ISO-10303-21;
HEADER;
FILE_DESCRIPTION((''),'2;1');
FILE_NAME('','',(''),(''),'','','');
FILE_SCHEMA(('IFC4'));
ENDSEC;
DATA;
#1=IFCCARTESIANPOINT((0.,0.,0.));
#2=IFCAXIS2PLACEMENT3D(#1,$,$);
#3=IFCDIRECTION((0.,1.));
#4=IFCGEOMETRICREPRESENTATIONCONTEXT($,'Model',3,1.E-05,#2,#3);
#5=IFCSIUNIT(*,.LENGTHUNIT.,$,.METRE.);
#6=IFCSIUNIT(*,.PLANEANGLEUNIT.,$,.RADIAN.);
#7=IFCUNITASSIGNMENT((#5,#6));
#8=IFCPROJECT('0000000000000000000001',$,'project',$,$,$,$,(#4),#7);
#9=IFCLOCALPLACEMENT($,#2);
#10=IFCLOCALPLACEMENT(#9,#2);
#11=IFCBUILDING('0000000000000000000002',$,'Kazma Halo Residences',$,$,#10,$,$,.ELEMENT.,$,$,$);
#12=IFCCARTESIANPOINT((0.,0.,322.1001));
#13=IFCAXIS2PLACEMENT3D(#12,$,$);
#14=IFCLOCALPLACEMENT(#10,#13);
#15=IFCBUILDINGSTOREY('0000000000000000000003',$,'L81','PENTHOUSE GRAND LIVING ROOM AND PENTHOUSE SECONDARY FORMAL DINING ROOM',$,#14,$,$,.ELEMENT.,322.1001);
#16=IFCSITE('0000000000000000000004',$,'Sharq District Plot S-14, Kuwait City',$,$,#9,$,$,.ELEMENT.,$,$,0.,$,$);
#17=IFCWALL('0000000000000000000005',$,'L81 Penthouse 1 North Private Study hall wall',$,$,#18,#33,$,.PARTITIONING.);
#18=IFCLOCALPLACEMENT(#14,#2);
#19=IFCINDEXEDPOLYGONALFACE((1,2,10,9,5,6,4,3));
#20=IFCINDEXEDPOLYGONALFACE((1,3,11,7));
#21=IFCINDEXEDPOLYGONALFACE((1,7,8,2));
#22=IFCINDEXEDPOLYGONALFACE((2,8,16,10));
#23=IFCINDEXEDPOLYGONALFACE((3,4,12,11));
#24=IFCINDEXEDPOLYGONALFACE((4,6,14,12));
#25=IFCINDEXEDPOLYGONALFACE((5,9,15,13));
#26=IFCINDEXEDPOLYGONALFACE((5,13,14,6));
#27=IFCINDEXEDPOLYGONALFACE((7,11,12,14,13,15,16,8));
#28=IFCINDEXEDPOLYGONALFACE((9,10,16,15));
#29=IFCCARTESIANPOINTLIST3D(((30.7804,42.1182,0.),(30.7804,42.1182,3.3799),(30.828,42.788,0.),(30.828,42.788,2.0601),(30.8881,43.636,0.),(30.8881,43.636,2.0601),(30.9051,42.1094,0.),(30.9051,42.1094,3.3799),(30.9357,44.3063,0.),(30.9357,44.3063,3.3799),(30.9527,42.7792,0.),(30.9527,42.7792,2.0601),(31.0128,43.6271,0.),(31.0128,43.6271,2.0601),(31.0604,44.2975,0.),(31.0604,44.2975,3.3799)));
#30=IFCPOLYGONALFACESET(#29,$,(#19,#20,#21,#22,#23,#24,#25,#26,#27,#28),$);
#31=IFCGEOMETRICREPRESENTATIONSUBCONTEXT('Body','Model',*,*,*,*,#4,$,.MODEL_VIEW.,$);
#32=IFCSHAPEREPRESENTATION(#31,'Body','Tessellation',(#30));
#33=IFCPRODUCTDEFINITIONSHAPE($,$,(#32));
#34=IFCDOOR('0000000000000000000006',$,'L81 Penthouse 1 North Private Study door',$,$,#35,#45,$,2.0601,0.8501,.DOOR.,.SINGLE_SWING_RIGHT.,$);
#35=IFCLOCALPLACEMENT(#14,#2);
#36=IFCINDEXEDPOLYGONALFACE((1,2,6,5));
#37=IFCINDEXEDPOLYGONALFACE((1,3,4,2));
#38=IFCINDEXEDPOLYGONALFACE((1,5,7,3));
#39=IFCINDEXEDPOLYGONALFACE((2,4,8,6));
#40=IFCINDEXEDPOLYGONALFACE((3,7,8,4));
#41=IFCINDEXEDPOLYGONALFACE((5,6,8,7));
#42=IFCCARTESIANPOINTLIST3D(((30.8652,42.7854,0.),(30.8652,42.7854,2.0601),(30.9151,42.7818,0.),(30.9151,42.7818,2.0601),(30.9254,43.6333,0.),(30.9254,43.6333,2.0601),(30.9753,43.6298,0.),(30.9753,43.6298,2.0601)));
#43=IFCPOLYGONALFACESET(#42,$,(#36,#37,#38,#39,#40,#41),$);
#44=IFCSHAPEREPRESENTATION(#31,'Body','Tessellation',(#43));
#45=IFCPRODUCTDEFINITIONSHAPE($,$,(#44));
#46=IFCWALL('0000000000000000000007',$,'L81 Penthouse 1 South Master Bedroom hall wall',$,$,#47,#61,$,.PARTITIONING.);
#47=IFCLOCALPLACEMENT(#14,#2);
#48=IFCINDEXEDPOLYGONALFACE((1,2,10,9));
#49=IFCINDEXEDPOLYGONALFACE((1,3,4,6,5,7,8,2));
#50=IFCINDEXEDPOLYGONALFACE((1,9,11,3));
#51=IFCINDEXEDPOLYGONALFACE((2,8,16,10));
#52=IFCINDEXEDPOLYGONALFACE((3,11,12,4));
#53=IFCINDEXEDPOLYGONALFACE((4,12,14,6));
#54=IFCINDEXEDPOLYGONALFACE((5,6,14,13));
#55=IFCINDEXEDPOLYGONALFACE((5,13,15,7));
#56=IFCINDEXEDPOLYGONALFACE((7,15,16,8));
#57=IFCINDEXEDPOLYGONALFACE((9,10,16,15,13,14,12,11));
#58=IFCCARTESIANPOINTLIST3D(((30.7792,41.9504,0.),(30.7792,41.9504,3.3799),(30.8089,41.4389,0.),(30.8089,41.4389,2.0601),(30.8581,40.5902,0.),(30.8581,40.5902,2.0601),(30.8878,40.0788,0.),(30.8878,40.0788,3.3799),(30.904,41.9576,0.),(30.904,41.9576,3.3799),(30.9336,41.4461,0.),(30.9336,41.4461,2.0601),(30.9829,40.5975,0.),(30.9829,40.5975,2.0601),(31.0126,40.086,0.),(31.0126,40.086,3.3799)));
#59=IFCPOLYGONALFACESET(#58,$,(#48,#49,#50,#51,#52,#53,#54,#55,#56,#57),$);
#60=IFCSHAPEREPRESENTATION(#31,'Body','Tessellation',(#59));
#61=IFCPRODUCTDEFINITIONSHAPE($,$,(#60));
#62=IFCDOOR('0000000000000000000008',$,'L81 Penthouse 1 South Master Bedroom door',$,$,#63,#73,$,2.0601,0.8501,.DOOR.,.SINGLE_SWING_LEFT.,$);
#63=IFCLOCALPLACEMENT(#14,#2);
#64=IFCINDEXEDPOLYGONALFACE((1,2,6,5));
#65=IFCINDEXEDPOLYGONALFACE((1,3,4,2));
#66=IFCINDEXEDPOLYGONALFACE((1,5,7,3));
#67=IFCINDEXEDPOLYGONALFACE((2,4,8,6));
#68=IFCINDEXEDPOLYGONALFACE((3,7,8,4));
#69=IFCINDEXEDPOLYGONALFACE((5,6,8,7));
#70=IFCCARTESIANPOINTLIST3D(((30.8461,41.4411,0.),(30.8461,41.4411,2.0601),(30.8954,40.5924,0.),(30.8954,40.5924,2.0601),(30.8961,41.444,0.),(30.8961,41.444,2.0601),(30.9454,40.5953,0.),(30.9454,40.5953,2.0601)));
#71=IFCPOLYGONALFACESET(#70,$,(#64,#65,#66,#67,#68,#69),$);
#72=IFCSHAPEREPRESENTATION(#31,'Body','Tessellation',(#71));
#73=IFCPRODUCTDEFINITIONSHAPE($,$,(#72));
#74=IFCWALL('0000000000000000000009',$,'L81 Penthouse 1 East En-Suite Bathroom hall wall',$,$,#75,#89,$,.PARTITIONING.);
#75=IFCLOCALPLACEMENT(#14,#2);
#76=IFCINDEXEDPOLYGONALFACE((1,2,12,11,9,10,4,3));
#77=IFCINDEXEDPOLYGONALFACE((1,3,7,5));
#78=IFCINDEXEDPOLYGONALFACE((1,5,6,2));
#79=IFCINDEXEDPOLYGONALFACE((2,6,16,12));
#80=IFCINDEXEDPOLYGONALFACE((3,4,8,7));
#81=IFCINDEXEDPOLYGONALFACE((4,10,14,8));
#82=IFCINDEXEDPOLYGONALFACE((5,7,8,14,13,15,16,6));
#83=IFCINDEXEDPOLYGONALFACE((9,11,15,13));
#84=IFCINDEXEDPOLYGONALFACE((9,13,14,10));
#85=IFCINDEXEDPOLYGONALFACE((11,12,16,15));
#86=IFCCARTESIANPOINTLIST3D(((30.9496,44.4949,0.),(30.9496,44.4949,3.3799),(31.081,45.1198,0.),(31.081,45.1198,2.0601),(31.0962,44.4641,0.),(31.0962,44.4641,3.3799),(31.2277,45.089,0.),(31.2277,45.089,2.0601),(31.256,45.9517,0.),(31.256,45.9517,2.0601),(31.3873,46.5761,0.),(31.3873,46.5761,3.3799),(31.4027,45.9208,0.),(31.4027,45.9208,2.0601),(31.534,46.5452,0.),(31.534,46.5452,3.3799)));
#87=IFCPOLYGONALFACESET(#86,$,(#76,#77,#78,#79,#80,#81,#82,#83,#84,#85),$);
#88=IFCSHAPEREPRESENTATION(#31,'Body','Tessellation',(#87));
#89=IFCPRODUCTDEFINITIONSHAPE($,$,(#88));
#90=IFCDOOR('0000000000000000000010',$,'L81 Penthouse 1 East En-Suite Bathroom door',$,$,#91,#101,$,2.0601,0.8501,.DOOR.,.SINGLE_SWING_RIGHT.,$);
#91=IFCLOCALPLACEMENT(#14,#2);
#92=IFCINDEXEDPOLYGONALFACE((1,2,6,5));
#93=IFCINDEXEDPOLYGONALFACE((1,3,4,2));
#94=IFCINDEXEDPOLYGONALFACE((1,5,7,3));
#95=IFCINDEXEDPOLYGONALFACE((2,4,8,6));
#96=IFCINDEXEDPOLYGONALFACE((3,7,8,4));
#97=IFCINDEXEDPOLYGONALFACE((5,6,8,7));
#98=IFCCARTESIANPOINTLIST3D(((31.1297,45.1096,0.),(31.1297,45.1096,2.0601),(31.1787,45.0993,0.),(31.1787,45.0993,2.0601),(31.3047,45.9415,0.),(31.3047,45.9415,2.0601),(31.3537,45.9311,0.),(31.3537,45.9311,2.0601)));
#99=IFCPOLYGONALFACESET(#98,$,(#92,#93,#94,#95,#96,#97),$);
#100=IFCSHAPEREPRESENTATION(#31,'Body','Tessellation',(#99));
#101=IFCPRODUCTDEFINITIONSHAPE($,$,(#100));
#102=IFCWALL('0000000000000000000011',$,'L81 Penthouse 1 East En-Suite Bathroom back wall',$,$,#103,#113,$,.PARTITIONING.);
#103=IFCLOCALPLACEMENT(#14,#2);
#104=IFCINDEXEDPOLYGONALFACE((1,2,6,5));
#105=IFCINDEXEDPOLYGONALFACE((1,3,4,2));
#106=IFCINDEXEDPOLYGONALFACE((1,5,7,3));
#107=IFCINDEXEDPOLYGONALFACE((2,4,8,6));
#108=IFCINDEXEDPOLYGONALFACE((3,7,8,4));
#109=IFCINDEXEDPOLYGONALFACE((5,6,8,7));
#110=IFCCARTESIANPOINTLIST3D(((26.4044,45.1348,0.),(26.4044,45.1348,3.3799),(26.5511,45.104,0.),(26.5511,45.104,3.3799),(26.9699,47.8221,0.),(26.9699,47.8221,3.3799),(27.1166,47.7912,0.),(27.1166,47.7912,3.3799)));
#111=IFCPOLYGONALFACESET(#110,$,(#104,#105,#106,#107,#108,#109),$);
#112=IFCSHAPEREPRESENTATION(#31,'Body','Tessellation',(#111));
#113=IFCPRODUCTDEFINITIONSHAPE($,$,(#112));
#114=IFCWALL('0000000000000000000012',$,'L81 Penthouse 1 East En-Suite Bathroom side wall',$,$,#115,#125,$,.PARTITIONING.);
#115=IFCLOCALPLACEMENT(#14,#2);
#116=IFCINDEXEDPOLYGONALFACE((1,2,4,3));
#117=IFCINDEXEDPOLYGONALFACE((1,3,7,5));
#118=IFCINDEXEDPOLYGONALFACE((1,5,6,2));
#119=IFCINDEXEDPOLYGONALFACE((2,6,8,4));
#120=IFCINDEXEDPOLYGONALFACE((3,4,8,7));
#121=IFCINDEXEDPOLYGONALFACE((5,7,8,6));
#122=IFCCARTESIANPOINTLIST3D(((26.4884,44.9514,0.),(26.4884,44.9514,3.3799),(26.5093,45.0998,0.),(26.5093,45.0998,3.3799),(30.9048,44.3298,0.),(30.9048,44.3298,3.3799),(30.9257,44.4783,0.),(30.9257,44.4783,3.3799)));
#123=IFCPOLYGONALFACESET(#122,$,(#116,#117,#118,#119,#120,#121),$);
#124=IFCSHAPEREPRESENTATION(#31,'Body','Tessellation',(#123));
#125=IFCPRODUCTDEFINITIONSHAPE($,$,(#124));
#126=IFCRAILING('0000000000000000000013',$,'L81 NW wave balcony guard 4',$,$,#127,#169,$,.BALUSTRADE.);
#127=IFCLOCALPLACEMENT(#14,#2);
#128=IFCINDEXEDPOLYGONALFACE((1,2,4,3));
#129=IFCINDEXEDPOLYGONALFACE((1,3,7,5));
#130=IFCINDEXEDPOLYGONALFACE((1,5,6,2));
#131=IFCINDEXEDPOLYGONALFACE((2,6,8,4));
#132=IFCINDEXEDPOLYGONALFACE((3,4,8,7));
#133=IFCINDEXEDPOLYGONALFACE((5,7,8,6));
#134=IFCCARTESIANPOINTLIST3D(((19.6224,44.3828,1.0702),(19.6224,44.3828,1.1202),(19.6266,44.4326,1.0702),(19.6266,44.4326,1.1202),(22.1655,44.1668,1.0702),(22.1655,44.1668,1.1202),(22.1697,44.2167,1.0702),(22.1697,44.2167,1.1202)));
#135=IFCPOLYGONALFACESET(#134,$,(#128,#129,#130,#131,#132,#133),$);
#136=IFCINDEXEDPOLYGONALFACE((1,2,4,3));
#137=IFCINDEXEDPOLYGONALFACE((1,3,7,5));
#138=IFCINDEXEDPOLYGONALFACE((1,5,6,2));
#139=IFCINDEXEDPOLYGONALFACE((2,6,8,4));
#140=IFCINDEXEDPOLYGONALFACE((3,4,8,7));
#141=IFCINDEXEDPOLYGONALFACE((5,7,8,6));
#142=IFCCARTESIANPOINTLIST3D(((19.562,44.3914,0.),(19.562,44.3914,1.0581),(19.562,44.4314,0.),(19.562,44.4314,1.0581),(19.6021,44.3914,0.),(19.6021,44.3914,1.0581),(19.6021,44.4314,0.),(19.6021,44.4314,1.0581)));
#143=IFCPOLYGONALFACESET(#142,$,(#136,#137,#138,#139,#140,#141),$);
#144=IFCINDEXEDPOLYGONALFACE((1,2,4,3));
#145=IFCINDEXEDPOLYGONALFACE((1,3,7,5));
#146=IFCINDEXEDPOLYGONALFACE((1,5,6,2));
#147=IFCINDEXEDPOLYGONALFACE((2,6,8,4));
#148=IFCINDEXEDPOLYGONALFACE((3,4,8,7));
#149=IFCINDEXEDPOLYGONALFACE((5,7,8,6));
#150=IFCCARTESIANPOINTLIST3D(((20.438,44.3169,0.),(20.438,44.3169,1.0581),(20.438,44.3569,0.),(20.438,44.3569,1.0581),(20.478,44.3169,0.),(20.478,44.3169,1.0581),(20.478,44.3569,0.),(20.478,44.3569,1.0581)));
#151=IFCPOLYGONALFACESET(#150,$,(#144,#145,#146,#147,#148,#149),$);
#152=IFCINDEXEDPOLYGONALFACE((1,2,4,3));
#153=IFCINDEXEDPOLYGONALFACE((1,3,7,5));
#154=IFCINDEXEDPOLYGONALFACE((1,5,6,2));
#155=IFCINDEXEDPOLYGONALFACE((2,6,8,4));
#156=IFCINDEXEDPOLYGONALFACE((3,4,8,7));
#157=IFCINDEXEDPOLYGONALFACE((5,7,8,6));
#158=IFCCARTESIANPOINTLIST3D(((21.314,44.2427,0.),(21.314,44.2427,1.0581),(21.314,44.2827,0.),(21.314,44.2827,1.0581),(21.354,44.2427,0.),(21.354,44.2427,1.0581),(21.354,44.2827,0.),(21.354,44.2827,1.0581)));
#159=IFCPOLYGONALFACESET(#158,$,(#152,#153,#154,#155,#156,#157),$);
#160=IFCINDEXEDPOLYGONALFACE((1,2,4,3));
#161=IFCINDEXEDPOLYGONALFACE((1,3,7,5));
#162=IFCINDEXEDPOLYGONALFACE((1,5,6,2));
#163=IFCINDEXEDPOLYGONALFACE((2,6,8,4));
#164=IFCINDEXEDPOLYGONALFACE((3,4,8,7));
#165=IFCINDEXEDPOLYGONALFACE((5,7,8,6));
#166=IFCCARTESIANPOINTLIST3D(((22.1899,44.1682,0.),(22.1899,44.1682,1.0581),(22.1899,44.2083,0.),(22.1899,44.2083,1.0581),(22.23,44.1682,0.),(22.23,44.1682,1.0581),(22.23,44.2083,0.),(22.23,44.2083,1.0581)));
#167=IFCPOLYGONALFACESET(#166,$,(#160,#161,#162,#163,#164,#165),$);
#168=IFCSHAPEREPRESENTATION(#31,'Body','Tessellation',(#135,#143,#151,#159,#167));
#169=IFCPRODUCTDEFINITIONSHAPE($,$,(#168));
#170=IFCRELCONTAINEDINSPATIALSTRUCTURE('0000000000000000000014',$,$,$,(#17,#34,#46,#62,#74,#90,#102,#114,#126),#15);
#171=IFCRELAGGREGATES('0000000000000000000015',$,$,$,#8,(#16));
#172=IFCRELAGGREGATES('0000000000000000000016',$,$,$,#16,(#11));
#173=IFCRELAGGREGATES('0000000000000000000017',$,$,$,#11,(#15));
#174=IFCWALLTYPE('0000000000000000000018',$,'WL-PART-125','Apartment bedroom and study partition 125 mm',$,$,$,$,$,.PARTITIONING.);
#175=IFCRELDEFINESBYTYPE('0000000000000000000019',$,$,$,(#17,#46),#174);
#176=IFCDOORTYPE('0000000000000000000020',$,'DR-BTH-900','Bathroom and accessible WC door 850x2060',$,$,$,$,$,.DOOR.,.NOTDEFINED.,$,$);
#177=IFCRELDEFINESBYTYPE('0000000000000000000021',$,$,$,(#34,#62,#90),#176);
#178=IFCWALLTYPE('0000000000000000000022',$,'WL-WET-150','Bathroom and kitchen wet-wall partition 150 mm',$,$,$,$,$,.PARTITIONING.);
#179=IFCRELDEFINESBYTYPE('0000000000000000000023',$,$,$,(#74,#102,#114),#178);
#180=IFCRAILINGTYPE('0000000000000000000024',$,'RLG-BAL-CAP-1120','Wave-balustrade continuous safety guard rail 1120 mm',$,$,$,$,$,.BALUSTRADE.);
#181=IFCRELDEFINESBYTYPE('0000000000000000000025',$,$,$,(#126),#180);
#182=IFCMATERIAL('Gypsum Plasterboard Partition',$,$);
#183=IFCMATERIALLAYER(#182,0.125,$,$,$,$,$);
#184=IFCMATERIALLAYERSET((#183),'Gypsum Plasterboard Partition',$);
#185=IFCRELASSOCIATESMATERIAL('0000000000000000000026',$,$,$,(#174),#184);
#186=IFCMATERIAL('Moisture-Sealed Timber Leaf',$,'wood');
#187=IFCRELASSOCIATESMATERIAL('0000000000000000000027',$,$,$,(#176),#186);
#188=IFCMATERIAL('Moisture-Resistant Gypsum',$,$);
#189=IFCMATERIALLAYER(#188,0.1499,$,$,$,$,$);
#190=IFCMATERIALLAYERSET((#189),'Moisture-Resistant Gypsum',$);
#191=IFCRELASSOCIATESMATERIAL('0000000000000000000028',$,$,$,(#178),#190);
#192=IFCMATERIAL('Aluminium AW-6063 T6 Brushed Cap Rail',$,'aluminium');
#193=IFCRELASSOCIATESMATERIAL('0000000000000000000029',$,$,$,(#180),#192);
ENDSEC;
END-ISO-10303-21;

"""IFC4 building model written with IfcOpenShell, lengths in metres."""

from ifc_helpers import new_model, si_unit, direction, frame, frame_2d, origin, origin_2d, place, context, subcontext, project, spatial, rectangle, extrude, material, layer, layer_set, type_object, element, fill, save


model = new_model("IFC4")

# Units and contexts
model_context = context("Model", 3, precision=1e-05, world=origin(), true_north=direction((0.0, 1.0)))
body_context = subcontext(model_context, "Body", "Model", "MODEL_VIEW")
ifc_project = project(units=[si_unit("LENGTHUNIT", "METRE"), si_unit("PLANEANGLEUNIT", "RADIAN")], contexts=[model_context])

# Site, building, storey
site_placement = place(None, origin())
site = spatial("IfcSite", under=ifc_project, at=site_placement, Name="Sharq District Plot S-14, Kuwait City", CompositionType="ELEMENT", RefElevation=0.0)
building_placement = place(site_placement, origin())
building = spatial("IfcBuilding", under=site, at=building_placement, Name="Kazma Halo Residences", CompositionType="ELEMENT")
storey_placement = place(building_placement, frame((0.0, 0.0, 322.1001)))
storey = spatial("IfcBuildingStorey", under=building, at=storey_placement, Name="L81", Description="PENTHOUSE GRAND LIVING ROOM AND PENTHOUSE SECONDARY FORMAL DINING ROOM", CompositionType="ELEMENT", Elevation=322.1001)

# Shared definitions
ifc_material_1 = material(Name="Gypsum Plasterboard Partition")
ifc_layer_1 = layer(ifc_material_1, 0.125)
ifc_layer_set_1 = layer_set([ifc_layer_1], Name="Gypsum Plasterboard Partition")
wall_type_1 = type_object("IfcWallType", Name="WL-PART-125", Description="Apartment bedroom and study partition 125 mm", PredefinedType="PARTITIONING", material=ifc_layer_set_1)

# Shared definitions
ifc_material_2 = material(Name="Moisture-Sealed Timber Leaf", Category="wood")
door_type = type_object("IfcDoorType", Name="DR-BTH-900", Description="Bathroom and accessible WC door 850x2060", OperationType="NOTDEFINED", PredefinedType="DOOR", material=ifc_material_2)

# Walls, openings, doors
wall_1_placement = place(storey_placement, frame((30.998, 44.3018, 0.0), z_axis=(0.0, 0.0, 1.0), x_axis=(-0.070788, -0.997491, 0.0)))
wall_1 = element("IfcWall", 1, at=wall_1_placement, inside=storey, type_object=wall_type_1, Name="L81 Penthouse 1 North Private Study hall wall", PredefinedType="PARTITIONING", context=body_context, shape_type="SweptSolid", body=[
    extrude(rectangle(XDim=2.1936, YDim=0.125, at=frame_2d((1.0967, 0.0))), origin(), (0.0, 0.0, 1.0), 3.3799),
])
opening_1_placement = place(wall_1_placement, frame((0.6719, 0.0, 0.0)))
opening_1 = element("IfcOpeningElement", 2, at=opening_1_placement, cuts=wall_1, PredefinedType="OPENING", context=body_context, shape_type="SweptSolid", body=[
    extrude(rectangle(XDim=0.8501, YDim=2.0601, at=frame_2d((0.425, 1.03))), frame((0.0, 0.0725, 0.0), z_axis=(0.0, -1.0, 0.0), x_axis=(1.0, 0.0, 0.0)), (0.0, 0.0, 1.0), 0.145),
])
door_1_placement = place(opening_1_placement, origin())
door_1 = element("IfcDoor", 3, at=door_1_placement, inside=storey, type_object=door_type, Name="L81 Penthouse 1 North Private Study door", OperationType="SINGLE_SWING_RIGHT", OverallHeight=2.0601, OverallWidth=0.8501, PredefinedType="DOOR", context=body_context, shape_type="SweptSolid", body=[
    extrude(rectangle(XDim=0.8501, YDim=2.0601, at=frame_2d((0.425, 1.03))), frame((0.0, 0.0249, 0.0), z_axis=(0.0, -1.0, 0.0), x_axis=(1.0, 0.0, 0.0)), (0.0, 0.0, 1.0), 0.05),
])
fill(opening_1, door_1)
wall_2_placement = place(storey_placement, frame((30.8416, 41.9541, 0.0), z_axis=(0.0, 0.0, 1.0), x_axis=(0.057951, -0.998319, 0.0)))
wall_2 = element("IfcWall", 4, at=wall_2_placement, inside=storey, type_object=wall_type_1, Name="L81 Penthouse 1 South Master Bedroom hall wall", PredefinedType="PARTITIONING", context=body_context, shape_type="SweptSolid", body=[
    extrude(rectangle(XDim=1.8748, YDim=0.125, at=frame_2d((0.9375, 0.0))), origin(), (0.0, 0.0, 1.0), 3.3799),
])
opening_2_placement = place(wall_2_placement, frame((0.5125, 0.0, 0.0)))
opening_2 = element("IfcOpeningElement", 5, at=opening_2_placement, cuts=wall_2, PredefinedType="OPENING", context=body_context, shape_type="SweptSolid", body=[
    extrude(rectangle(XDim=0.8501, YDim=2.0601, at=frame_2d((0.425, 1.03))), frame((0.0, 0.0725, 0.0), z_axis=(0.0, -1.0, 0.0), x_axis=(1.0, 0.0, 0.0)), (0.0, 0.0, 1.0), 0.145),
])
door_2_placement = place(opening_2_placement, origin())
door_2 = element("IfcDoor", 6, at=door_2_placement, inside=storey, type_object=door_type, Name="L81 Penthouse 1 South Master Bedroom door", OperationType="SINGLE_SWING_LEFT", OverallHeight=2.0601, OverallWidth=0.8501, PredefinedType="DOOR", context=body_context, shape_type="SweptSolid", body=[
    extrude(rectangle(XDim=0.8501, YDim=2.0601, at=frame_2d((0.425, 1.03))), frame((0.0, 0.0249, 0.0), z_axis=(0.0, -1.0, 0.0), x_axis=(1.0, 0.0, 0.0)), (0.0, 0.0, 1.0), 0.05),
])
fill(opening_2, door_2)
ifc_material_3 = material(Name="Moisture-Resistant Gypsum")
ifc_layer_2 = layer(ifc_material_3, 0.1499)
ifc_layer_set_2 = layer_set([ifc_layer_2], Name="Moisture-Resistant Gypsum")
wall_type_2 = type_object("IfcWallType", Name="WL-WET-150", Description="Bathroom and kitchen wet-wall partition 150 mm", PredefinedType="PARTITIONING", material=ifc_layer_set_2)
wall_3_placement = place(storey_placement, frame((31.4607, 46.5608, 0.0), z_axis=(0.0, 0.0, 1.0), x_axis=(-0.205843, -0.978585, 0.0)))
wall_3 = element("IfcWall", 7, at=wall_3_placement, inside=storey, type_object=wall_type_2, Name="L81 Penthouse 1 East En-Suite Bathroom hall wall", PredefinedType="PARTITIONING", context=body_context, shape_type="SweptSolid", body=[
    extrude(rectangle(XDim=2.1267, YDim=0.1499, at=frame_2d((1.0635, 0.0))), origin(), (0.0, 0.0, 1.0), 3.3799),
])
opening_3_placement = place(wall_3_placement, frame((0.6382, 0.0, 0.0)))
opening_3 = element("IfcOpeningElement", 8, at=opening_3_placement, cuts=wall_3, PredefinedType="OPENING", context=body_context, shape_type="SweptSolid", body=[
    extrude(rectangle(XDim=0.8501, YDim=2.0601, at=frame_2d((0.425, 1.03))), frame((0.0, 0.085, 0.0), z_axis=(0.0, -1.0, 0.0), x_axis=(1.0, 0.0, 0.0)), (0.0, 0.0, 1.0), 0.1699),
])
door_3_placement = place(opening_3_placement, origin())
door_3 = element("IfcDoor", 9, at=door_3_placement, inside=storey, type_object=door_type, Name="L81 Penthouse 1 East En-Suite Bathroom door", OperationType="SINGLE_SWING_RIGHT", OverallHeight=2.0601, OverallWidth=0.8501, PredefinedType="DOOR", context=body_context, shape_type="SweptSolid", body=[
    extrude(rectangle(XDim=0.8501, YDim=2.0601, at=frame_2d((0.425, 1.03))), frame((0.0, 0.0249, 0.0), z_axis=(0.0, -1.0, 0.0), x_axis=(1.0, 0.0, 0.0)), (0.0, 0.0, 1.0), 0.05),
])
fill(opening_3, door_3)

# Walls
wall_4_placement = place(storey_placement, frame((27.0432, 47.8066, 0.0), z_axis=(0.0, 0.0, 1.0), x_axis=(-0.205903, -0.978572, 0.0)))
element("IfcWall", 10, at=wall_4_placement, inside=storey, type_object=wall_type_2, Name="L81 Penthouse 1 East En-Suite Bathroom back wall", PredefinedType="PARTITIONING", context=body_context, shape_type="SweptSolid", body=[
    extrude(rectangle(XDim=2.7461, YDim=0.1499, at=frame_2d((1.373, 0.0))), origin(), (0.0, 0.0, 1.0), 3.3799),
])
wall_5_placement = place(storey_placement, frame((30.9153, 44.4041, 0.0), z_axis=(0.0, 0.0, 1.0), x_axis=(-0.990241, 0.139367, 0.0)))
element("IfcWall", 11, at=wall_5_placement, inside=storey, type_object=wall_type_2, Name="L81 Penthouse 1 East En-Suite Bathroom side wall", PredefinedType="PARTITIONING", context=body_context, shape_type="SweptSolid", body=[
    extrude(rectangle(XDim=4.46, YDim=0.1499, at=frame_2d((2.23, 0.0))), origin(), (0.0, 0.0, 1.0), 3.3799),
])

# Railing
ifc_material_4 = material(Name="Aluminium AW-6063 T6 Brushed Cap Rail", Category="aluminium")
railing_type = type_object("IfcRailingType", Name="RLG-BAL-CAP-1120", Description="Wave-balustrade continuous safety guard rail 1120 mm", PredefinedType="BALUSTRADE", material=ifc_material_4)
railing_placement = place(storey_placement, frame((19.582, 44.4114, 0.0)))
element("IfcRailing", 12, at=railing_placement, inside=storey, type_object=railing_type, Name="L81 NW wave balcony guard 4", PredefinedType="BALUSTRADE", context=body_context, shape_type="SweptSolid", body=[
    extrude(rectangle(XDim=0.05, YDim=0.05, at=origin_2d()), frame((0.0425, -0.0037, 1.0952), z_axis=(0.996414, -0.084608, 0.0), x_axis=(0.084608, 0.996414, 0.0)), (0.0, 0.0, 1.0), 2.5522),
    extrude(rectangle(XDim=0.04, YDim=0.04, at=origin_2d()), origin(), (0.0, 0.0, 1.0), 1.0581),
    extrude(rectangle(XDim=0.04, YDim=0.04, at=origin_2d()), frame((0.876, -0.0745, 0.0)), (0.0, 0.0, 1.0), 1.0581),
    extrude(rectangle(XDim=0.04, YDim=0.04, at=origin_2d()), frame((1.752, -0.1487, 0.0)), (0.0, 0.0, 1.0), 1.0581),
    extrude(rectangle(XDim=0.04, YDim=0.04, at=origin_2d()), frame((2.6279, -0.2231, 0.0)), (0.0, 0.0, 1.0), 1.0581),
])

save(model, "model.ifc")
